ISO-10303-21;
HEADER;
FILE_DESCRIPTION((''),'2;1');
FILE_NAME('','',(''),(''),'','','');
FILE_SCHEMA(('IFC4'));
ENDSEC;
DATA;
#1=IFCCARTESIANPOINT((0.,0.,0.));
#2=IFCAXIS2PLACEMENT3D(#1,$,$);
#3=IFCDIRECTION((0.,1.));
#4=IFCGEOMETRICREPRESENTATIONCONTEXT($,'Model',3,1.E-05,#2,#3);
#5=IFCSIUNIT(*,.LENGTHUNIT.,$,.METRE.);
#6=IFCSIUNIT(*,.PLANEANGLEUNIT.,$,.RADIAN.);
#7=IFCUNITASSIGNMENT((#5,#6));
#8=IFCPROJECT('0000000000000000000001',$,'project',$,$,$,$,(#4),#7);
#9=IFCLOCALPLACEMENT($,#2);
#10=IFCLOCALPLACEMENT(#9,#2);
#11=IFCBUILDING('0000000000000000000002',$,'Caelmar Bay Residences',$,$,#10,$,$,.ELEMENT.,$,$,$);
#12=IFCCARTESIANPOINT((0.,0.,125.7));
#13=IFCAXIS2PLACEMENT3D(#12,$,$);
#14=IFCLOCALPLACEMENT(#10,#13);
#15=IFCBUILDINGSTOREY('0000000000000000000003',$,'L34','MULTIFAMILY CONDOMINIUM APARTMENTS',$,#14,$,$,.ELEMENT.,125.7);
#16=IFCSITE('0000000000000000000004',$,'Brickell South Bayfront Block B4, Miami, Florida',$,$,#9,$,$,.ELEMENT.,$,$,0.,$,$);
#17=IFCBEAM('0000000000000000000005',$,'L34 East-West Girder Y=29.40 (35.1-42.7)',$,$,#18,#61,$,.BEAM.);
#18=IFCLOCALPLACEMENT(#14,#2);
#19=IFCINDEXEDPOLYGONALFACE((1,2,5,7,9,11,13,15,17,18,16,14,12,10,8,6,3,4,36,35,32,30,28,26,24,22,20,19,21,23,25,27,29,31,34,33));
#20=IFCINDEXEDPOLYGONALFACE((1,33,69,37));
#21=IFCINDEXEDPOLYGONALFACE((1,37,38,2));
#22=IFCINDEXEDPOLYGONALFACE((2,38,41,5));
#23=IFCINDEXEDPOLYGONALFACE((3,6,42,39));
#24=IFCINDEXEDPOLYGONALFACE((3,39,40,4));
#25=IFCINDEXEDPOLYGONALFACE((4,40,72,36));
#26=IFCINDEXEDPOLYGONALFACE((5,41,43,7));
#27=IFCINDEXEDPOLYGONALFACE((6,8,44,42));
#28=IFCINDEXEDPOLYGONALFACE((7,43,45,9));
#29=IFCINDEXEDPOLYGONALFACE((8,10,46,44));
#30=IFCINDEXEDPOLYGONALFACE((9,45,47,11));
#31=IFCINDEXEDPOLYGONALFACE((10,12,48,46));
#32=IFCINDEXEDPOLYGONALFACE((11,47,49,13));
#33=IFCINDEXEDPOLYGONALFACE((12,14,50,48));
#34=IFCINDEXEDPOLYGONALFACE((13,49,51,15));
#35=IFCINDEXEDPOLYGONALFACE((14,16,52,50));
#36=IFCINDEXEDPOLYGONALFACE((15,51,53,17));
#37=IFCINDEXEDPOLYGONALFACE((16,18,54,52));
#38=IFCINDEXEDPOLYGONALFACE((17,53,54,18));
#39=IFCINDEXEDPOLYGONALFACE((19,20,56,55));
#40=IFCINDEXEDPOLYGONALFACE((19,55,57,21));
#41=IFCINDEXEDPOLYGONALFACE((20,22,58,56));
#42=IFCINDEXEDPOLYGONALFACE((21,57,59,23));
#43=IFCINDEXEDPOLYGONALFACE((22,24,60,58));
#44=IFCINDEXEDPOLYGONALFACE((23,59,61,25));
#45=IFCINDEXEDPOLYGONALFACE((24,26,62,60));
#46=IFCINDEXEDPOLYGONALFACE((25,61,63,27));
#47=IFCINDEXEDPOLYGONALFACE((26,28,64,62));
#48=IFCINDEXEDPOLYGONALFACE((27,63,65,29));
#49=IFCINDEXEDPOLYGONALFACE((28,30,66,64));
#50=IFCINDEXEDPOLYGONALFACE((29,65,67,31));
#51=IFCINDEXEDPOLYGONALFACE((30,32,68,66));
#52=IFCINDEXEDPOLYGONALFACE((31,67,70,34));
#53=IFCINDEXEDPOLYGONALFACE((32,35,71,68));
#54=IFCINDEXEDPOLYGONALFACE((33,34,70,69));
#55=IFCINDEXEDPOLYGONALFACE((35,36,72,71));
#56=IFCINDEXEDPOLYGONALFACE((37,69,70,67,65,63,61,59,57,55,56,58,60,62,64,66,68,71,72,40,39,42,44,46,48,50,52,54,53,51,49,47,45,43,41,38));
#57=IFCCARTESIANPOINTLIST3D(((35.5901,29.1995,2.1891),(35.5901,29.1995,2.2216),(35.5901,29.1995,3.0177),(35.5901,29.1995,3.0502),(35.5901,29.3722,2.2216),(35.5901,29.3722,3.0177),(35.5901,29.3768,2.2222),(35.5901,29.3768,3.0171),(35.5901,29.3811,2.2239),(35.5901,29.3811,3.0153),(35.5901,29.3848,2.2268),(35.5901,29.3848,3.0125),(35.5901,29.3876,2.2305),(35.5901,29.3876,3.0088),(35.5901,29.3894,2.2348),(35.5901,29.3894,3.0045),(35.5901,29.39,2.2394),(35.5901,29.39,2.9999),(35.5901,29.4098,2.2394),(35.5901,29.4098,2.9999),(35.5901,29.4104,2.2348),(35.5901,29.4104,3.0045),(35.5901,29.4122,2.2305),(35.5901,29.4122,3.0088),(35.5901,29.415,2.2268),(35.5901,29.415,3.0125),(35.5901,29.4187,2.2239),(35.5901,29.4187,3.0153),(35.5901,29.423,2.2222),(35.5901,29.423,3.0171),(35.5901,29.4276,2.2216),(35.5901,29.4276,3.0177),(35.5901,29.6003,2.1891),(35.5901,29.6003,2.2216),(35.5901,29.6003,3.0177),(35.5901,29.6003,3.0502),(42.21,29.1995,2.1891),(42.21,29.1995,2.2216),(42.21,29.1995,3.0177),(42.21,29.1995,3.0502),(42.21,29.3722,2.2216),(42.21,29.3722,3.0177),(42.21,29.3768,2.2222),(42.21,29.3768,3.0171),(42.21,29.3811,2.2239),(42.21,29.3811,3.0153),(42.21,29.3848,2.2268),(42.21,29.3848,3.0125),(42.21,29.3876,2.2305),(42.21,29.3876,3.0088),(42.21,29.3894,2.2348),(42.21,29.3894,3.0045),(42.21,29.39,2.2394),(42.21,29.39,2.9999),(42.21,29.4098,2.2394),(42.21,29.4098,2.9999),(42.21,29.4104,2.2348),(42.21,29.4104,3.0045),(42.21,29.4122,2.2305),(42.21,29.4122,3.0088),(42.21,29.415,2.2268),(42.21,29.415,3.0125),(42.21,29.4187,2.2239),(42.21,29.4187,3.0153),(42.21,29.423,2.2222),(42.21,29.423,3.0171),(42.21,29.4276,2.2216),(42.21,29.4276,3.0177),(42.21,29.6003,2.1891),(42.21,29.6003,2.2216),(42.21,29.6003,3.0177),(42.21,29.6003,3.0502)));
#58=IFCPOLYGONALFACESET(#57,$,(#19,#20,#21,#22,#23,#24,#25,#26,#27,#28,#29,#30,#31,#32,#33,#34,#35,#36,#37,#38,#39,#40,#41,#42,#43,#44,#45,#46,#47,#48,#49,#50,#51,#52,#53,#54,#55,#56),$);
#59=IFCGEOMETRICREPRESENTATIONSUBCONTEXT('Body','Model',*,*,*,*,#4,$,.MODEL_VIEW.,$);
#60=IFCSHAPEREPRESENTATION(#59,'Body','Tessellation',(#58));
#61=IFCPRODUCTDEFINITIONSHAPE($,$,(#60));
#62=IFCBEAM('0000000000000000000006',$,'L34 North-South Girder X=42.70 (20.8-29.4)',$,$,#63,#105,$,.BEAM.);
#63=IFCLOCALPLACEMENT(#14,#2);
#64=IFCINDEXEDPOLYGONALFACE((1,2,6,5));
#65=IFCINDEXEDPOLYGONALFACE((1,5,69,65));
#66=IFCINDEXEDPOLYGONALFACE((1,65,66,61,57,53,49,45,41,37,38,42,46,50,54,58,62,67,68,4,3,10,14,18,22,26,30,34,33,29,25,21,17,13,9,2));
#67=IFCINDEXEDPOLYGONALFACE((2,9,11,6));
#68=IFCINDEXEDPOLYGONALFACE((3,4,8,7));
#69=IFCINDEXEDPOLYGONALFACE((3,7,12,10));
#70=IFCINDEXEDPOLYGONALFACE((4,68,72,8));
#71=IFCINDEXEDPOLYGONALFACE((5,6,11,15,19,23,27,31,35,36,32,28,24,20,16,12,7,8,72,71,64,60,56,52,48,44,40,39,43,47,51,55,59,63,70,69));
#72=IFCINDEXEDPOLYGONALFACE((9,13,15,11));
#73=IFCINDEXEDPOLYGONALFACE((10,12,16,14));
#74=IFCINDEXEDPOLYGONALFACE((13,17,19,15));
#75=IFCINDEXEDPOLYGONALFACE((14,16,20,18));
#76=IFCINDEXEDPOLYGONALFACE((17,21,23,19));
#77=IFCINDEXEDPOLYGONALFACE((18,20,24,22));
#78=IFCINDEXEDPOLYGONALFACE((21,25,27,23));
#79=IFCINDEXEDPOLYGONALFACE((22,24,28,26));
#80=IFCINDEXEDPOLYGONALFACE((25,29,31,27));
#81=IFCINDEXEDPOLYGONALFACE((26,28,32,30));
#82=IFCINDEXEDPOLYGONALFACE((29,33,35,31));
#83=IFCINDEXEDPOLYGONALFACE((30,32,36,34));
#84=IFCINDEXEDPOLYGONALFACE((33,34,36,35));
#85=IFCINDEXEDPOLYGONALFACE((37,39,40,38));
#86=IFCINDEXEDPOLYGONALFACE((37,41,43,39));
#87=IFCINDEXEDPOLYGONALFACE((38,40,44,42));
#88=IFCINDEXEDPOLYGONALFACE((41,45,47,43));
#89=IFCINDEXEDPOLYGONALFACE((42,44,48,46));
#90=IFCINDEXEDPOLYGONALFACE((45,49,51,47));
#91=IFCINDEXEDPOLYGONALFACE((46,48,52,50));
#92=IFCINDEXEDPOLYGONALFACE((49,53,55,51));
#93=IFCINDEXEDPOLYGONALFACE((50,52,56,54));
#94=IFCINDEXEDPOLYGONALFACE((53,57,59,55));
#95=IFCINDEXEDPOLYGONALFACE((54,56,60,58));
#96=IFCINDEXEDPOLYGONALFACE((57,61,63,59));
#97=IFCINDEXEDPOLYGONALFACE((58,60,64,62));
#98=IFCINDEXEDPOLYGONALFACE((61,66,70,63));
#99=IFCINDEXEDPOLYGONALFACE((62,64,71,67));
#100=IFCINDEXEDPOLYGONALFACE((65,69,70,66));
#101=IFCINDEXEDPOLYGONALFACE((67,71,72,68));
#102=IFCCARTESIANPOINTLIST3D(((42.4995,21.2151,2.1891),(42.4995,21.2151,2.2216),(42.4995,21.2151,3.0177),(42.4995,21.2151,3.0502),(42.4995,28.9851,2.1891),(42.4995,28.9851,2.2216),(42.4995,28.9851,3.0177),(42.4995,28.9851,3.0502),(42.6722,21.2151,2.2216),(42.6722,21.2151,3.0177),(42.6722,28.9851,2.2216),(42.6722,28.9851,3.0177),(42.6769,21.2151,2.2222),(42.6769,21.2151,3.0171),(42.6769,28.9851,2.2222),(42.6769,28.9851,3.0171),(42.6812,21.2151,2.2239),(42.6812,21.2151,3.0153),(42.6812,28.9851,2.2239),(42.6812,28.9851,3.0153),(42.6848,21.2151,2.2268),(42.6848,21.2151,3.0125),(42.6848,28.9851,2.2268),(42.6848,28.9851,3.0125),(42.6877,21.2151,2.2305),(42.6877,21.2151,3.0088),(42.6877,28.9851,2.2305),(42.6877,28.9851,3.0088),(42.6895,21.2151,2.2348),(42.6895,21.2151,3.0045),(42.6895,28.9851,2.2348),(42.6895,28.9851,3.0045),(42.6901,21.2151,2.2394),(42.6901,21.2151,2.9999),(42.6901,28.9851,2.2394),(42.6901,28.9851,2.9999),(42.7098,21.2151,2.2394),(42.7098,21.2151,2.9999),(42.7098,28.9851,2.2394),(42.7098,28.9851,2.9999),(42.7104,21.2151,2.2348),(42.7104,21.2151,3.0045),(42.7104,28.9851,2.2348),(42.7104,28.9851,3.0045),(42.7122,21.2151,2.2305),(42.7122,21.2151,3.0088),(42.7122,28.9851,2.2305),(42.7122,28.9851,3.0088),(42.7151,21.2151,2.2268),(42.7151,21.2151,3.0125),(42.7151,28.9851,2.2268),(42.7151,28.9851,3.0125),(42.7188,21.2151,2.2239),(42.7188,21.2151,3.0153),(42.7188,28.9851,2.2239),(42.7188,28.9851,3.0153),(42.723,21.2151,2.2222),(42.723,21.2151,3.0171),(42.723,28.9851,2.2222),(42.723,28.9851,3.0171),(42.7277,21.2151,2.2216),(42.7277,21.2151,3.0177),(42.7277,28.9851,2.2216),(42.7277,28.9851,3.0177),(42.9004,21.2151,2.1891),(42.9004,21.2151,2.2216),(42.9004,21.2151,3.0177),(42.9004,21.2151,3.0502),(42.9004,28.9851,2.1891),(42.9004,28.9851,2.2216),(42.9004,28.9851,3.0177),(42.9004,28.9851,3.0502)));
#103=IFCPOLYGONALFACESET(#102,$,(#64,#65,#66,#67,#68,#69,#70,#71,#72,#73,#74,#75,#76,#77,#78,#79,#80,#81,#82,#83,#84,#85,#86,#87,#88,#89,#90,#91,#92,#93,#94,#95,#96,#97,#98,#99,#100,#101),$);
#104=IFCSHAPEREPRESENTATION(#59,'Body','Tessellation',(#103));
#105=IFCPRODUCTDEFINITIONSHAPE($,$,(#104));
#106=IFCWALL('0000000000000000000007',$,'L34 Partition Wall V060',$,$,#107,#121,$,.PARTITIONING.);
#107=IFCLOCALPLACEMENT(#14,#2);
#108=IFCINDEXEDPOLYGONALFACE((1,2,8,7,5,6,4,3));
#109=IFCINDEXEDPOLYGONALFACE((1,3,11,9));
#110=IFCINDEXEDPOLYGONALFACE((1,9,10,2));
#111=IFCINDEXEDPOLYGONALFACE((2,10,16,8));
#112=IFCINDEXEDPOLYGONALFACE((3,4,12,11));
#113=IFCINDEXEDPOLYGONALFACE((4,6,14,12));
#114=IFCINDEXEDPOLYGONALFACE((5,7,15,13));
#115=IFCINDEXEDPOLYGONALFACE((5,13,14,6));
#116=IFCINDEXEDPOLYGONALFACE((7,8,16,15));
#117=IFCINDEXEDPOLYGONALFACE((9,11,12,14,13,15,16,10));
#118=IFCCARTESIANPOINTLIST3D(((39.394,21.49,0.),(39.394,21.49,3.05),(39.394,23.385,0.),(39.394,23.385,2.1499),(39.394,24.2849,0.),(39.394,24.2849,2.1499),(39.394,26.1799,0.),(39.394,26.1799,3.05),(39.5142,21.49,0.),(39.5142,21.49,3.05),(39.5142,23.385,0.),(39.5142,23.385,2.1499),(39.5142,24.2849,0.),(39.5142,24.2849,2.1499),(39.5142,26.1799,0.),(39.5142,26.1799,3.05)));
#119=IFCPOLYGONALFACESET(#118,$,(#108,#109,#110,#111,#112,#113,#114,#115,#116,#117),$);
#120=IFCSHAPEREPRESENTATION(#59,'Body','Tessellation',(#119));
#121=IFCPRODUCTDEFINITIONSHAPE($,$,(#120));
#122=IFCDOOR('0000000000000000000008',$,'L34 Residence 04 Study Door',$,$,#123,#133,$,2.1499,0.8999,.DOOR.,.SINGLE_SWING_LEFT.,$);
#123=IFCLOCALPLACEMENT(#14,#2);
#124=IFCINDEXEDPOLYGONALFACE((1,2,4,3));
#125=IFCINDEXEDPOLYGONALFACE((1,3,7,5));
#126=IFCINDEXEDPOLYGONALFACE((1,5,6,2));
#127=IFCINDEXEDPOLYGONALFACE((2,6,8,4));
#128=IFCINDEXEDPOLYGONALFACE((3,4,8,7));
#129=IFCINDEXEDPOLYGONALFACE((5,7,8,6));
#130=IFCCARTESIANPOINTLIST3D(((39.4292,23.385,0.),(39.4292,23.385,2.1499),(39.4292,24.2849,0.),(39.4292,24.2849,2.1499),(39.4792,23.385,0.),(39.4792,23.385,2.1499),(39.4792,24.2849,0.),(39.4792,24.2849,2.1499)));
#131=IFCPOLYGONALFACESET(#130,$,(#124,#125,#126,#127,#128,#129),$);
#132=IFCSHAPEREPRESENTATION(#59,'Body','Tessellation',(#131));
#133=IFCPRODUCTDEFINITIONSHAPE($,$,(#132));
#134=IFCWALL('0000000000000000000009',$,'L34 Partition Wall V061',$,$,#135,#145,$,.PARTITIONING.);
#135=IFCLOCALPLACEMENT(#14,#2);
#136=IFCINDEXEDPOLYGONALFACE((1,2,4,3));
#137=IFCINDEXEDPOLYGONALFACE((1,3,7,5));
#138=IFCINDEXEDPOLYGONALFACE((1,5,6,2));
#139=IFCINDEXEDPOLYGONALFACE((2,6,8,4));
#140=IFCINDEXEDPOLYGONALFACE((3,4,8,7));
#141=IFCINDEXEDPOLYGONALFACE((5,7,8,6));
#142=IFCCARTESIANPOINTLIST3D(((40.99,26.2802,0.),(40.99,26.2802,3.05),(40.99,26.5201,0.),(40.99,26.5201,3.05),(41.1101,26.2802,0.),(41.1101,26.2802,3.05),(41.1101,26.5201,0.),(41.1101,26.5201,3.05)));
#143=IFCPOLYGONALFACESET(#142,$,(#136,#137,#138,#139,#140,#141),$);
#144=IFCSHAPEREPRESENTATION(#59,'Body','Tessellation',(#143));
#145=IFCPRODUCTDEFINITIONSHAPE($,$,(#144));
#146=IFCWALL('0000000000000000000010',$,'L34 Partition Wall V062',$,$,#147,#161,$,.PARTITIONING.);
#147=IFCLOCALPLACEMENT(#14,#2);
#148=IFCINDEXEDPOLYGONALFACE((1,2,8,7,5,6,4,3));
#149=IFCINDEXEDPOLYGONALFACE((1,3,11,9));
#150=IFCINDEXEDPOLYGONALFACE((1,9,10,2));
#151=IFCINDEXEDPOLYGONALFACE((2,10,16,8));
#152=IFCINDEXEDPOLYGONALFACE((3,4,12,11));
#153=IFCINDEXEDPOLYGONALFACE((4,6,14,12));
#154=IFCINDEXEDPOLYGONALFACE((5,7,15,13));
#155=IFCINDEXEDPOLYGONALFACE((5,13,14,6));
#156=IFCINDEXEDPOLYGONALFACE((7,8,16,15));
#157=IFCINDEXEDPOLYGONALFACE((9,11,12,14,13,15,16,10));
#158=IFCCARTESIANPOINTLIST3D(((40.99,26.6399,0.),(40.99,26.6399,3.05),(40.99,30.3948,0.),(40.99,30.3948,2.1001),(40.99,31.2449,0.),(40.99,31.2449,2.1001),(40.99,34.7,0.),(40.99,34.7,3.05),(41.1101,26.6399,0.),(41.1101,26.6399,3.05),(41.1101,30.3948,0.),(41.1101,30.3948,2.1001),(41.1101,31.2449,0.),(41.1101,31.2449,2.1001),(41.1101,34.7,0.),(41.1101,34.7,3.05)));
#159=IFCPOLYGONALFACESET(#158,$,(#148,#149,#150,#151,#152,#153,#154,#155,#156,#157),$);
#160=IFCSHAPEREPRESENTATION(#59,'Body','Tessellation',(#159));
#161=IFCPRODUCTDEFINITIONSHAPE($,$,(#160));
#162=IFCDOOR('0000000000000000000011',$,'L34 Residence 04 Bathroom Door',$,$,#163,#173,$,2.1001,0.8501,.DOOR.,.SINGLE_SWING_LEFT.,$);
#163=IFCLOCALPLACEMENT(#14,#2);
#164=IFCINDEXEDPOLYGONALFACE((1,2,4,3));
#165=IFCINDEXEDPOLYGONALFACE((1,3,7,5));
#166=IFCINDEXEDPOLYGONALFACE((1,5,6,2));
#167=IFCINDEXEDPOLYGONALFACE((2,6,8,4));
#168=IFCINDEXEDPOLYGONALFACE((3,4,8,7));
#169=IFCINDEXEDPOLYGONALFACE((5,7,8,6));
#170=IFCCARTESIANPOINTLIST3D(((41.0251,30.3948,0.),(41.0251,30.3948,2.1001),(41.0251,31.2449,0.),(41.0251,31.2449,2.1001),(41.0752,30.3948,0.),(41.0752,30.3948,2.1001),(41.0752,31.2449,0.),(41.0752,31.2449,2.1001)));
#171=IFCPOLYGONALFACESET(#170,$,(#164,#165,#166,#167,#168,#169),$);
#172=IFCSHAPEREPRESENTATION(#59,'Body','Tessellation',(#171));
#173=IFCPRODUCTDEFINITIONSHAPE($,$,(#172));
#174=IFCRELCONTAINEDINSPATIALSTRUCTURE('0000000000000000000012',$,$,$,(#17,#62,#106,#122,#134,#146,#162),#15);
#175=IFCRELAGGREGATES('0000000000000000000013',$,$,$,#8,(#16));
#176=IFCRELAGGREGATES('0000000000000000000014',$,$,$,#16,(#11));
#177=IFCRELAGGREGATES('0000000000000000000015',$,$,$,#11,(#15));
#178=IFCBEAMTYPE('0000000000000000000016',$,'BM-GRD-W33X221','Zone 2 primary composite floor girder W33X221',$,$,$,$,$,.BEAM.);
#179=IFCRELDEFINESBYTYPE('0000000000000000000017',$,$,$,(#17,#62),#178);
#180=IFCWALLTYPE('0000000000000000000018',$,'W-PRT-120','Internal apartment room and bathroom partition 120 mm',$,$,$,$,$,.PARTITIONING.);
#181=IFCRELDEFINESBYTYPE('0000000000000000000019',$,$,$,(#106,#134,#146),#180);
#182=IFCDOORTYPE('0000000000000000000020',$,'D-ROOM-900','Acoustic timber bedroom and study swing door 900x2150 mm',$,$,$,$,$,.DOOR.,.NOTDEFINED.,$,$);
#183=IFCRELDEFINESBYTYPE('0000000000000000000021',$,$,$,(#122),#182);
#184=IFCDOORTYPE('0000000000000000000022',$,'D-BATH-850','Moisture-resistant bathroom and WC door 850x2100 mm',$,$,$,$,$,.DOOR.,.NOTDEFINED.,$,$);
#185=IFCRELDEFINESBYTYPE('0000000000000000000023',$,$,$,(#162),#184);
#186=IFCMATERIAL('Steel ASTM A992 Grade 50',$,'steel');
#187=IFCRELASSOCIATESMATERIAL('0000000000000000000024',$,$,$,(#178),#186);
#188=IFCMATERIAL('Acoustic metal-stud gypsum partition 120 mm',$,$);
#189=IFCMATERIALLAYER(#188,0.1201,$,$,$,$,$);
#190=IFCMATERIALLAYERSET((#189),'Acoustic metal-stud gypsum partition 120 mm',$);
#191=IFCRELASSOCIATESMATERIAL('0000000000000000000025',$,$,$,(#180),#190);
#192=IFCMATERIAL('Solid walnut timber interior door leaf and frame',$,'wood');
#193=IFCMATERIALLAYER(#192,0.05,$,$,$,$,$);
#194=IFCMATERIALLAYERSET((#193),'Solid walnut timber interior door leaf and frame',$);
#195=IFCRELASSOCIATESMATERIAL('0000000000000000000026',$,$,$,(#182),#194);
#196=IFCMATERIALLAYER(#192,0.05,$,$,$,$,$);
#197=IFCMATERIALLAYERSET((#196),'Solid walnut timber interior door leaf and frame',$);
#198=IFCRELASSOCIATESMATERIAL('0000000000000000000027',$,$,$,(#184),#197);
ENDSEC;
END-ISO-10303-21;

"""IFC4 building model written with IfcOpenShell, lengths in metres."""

from ifc_helpers import new_model, si_unit, direction, frame, frame_2d, origin, origin_2d, place, context, subcontext, project, spatial, rectangle, i_section, extrude, material, layer, layer_set, material_profile, profile_set, type_object, element, fill, save


model = new_model("IFC4")

# Units and contexts
model_context = context("Model", 3, precision=1e-05, world=origin(), true_north=direction((0.0, 1.0)))
body_context = subcontext(model_context, "Body", "Model", "MODEL_VIEW")
ifc_project = project(units=[si_unit("LENGTHUNIT", "METRE"), si_unit("PLANEANGLEUNIT", "RADIAN")], contexts=[model_context])

# Site, building, storey
site_placement = place(None, origin())
site = spatial("IfcSite", under=ifc_project, at=site_placement, Name="Brickell South Bayfront Block B4, Miami, Florida", CompositionType="ELEMENT", RefElevation=0.0)
building_placement = place(site_placement, origin())
building = spatial("IfcBuilding", under=site, at=building_placement, Name="Caelmar Bay Residences", CompositionType="ELEMENT")
storey_placement = place(building_placement, frame((0.0, 0.0, 125.7)))
storey = spatial("IfcBuildingStorey", under=building, at=storey_placement, Name="L34", Description="MULTIFAMILY CONDOMINIUM APARTMENTS", CompositionType="ELEMENT", Elevation=125.7)

# Beams
ifc_material_1 = material(Name="Steel ASTM A992 Grade 50", Category="steel")
ifc_material_profile = material_profile(ifc_material_1, i_section(OverallWidth=0.4009, OverallDepth=0.8611, WebThickness=0.0198, FlangeThickness=0.0325, FilletRadius=0.0178, at=origin_2d()), Name="W33X221")
ifc_profile_set = profile_set([ifc_material_profile], Name="Steel ASTM A992 Grade 50")
beam_type = type_object("IfcBeamType", Name="BM-GRD-W33X221", Description="Zone 2 primary composite floor girder W33X221", PredefinedType="BEAM", material=ifc_profile_set)
beam_1_placement = place(storey_placement, frame((35.5901, 29.3999, 2.6196), z_axis=(1.0, 0.0, 0.0), x_axis=(0.0, 1.0, 0.0)))
element("IfcBeam", 1, at=beam_1_placement, inside=storey, type_object=beam_type, Name="L34 East-West Girder Y=29.40 (35.1-42.7)", PredefinedType="BEAM", context=body_context, shape_type="SweptSolid", body=[
    extrude(i_section(OverallWidth=0.4009, OverallDepth=0.8611, WebThickness=0.0198, FlangeThickness=0.0325, FilletRadius=0.0178, at=origin_2d()), origin(), (0.0, 0.0, 1.0), 6.6199),
])
beam_2_placement = place(storey_placement, frame((42.7, 21.2151, 2.6196), z_axis=(0.0, 1.0, 0.0), x_axis=(-1.0, 0.0, 0.0)))
element("IfcBeam", 2, at=beam_2_placement, inside=storey, type_object=beam_type, Name="L34 North-South Girder X=42.70 (20.8-29.4)", PredefinedType="BEAM", context=body_context, shape_type="SweptSolid", body=[
    extrude(i_section(OverallWidth=0.4009, OverallDepth=0.8611, WebThickness=0.0198, FlangeThickness=0.0325, FilletRadius=0.0178, at=origin_2d()), origin(), (0.0, 0.0, 1.0), 7.77),
])

# Wall, opening, door
ifc_material_2 = material(Name="Acoustic metal-stud gypsum partition 120 mm")
ifc_layer_1 = layer(ifc_material_2, 0.1201)
ifc_layer_set_1 = layer_set([ifc_layer_1], Name="Acoustic metal-stud gypsum partition 120 mm")
wall_type_1 = type_object("IfcWallType", Name="W-PRT-120", Description="Internal apartment room and bathroom partition 120 mm", PredefinedType="PARTITIONING", material=ifc_layer_set_1)
wall_1_placement = place(storey_placement, frame((39.4541, 21.49, 0.0), z_axis=(0.0, 0.0, 1.0), x_axis=(0.0, 1.0, 0.0)))
wall_1 = element("IfcWall", 3, at=wall_1_placement, inside=storey, type_object=wall_type_1, Name="L34 Partition Wall V060", PredefinedType="PARTITIONING", context=body_context, shape_type="SweptSolid", body=[
    extrude(rectangle(XDim=4.6899, YDim=0.1201, at=frame_2d((2.345, 0.0))), origin(), (0.0, 0.0, 1.0), 3.05),
])
opening_1_placement = place(wall_1_placement, frame((1.895, 0.0, 0.0)))
opening_1 = element("IfcOpeningElement", 4, at=opening_1_placement, cuts=wall_1, PredefinedType="OPENING", context=body_context, shape_type="SweptSolid", body=[
    extrude(rectangle(XDim=0.8999, YDim=2.1499, at=frame_2d((0.45, 1.075))), frame((0.0, 0.0701, 0.0), z_axis=(0.0, -1.0, 0.0), x_axis=(1.0, 0.0, 0.0)), (0.0, 0.0, 1.0), 0.1401),
])
ifc_material_3 = material(Name="Solid walnut timber interior door leaf and frame", Category="wood")
ifc_layer_2 = layer(ifc_material_3, 0.05)
ifc_layer_set_2 = layer_set([ifc_layer_2], Name="Solid walnut timber interior door leaf and frame")
door_type_1 = type_object("IfcDoorType", Name="D-ROOM-900", Description="Acoustic timber bedroom and study swing door 900x2150 mm", OperationType="NOTDEFINED", PredefinedType="DOOR", material=ifc_layer_set_2)
door_1_placement = place(opening_1_placement, origin())
door_1 = element("IfcDoor", 5, at=door_1_placement, inside=storey, type_object=door_type_1, Name="L34 Residence 04 Study Door", OperationType="SINGLE_SWING_LEFT", OverallHeight=2.1499, OverallWidth=0.8999, PredefinedType="DOOR", context=body_context, shape_type="SweptSolid", body=[
    extrude(rectangle(XDim=0.8999, YDim=2.1499, at=frame_2d((0.45, 1.075))), frame((0.0, 0.0249, 0.0), z_axis=(0.0, -1.0, 0.0), x_axis=(1.0, 0.0, 0.0)), (0.0, 0.0, 1.0), 0.05),
])
fill(opening_1, door_1)

# Wall
wall_2_placement = place(storey_placement, frame((41.05, 26.28, 0.0), z_axis=(0.0, 0.0, 1.0), x_axis=(0.0, 1.0, 0.0)))
element("IfcWall", 6, at=wall_2_placement, inside=storey, type_object=wall_type_1, Name="L34 Partition Wall V061", PredefinedType="PARTITIONING", context=body_context, shape_type="SweptSolid", body=[
    extrude(rectangle(XDim=0.24, YDim=0.1201, at=frame_2d((0.1201, 0.0))), origin(), (0.0, 0.0, 1.0), 3.05),
])

# Wall, opening, door
wall_3_placement = place(storey_placement, frame((41.05, 26.6399, 0.0), z_axis=(0.0, 0.0, 1.0), x_axis=(0.0, 1.0, 0.0)))
wall_3 = element("IfcWall", 7, at=wall_3_placement, inside=storey, type_object=wall_type_1, Name="L34 Partition Wall V062", PredefinedType="PARTITIONING", context=body_context, shape_type="SweptSolid", body=[
    extrude(rectangle(XDim=8.0601, YDim=0.1201, at=frame_2d((4.03, 0.0))), origin(), (0.0, 0.0, 1.0), 3.05),
])
opening_2_placement = place(wall_3_placement, frame((3.7549, 0.0, 0.0)))
opening_2 = element("IfcOpeningElement", 8, at=opening_2_placement, cuts=wall_3, PredefinedType="OPENING", context=body_context, shape_type="SweptSolid", body=[
    extrude(rectangle(XDim=0.8501, YDim=2.1001, at=frame_2d((0.425, 1.05))), frame((0.0, 0.0701, 0.0), z_axis=(0.0, -1.0, 0.0), x_axis=(1.0, 0.0, 0.0)), (0.0, 0.0, 1.0), 0.1401),
])
ifc_layer_3 = layer(ifc_material_3, 0.05)
ifc_layer_set_3 = layer_set([ifc_layer_3], Name="Solid walnut timber interior door leaf and frame")
door_type_2 = type_object("IfcDoorType", Name="D-BATH-850", Description="Moisture-resistant bathroom and WC door 850x2100 mm", OperationType="NOTDEFINED", PredefinedType="DOOR", material=ifc_layer_set_3)
door_2_placement = place(opening_2_placement, origin())
door_2 = element("IfcDoor", 9, at=door_2_placement, inside=storey, type_object=door_type_2, Name="L34 Residence 04 Bathroom Door", OperationType="SINGLE_SWING_LEFT", OverallHeight=2.1001, OverallWidth=0.8501, PredefinedType="DOOR", context=body_context, shape_type="SweptSolid", body=[
    extrude(rectangle(XDim=0.8501, YDim=2.1001, at=frame_2d((0.425, 1.05))), frame((0.0, 0.0249, 0.0), z_axis=(0.0, -1.0, 0.0), x_axis=(1.0, 0.0, 0.0)), (0.0, 0.0, 1.0), 0.05),
])
fill(opening_2, door_2)

save(model, "model.ifc")
